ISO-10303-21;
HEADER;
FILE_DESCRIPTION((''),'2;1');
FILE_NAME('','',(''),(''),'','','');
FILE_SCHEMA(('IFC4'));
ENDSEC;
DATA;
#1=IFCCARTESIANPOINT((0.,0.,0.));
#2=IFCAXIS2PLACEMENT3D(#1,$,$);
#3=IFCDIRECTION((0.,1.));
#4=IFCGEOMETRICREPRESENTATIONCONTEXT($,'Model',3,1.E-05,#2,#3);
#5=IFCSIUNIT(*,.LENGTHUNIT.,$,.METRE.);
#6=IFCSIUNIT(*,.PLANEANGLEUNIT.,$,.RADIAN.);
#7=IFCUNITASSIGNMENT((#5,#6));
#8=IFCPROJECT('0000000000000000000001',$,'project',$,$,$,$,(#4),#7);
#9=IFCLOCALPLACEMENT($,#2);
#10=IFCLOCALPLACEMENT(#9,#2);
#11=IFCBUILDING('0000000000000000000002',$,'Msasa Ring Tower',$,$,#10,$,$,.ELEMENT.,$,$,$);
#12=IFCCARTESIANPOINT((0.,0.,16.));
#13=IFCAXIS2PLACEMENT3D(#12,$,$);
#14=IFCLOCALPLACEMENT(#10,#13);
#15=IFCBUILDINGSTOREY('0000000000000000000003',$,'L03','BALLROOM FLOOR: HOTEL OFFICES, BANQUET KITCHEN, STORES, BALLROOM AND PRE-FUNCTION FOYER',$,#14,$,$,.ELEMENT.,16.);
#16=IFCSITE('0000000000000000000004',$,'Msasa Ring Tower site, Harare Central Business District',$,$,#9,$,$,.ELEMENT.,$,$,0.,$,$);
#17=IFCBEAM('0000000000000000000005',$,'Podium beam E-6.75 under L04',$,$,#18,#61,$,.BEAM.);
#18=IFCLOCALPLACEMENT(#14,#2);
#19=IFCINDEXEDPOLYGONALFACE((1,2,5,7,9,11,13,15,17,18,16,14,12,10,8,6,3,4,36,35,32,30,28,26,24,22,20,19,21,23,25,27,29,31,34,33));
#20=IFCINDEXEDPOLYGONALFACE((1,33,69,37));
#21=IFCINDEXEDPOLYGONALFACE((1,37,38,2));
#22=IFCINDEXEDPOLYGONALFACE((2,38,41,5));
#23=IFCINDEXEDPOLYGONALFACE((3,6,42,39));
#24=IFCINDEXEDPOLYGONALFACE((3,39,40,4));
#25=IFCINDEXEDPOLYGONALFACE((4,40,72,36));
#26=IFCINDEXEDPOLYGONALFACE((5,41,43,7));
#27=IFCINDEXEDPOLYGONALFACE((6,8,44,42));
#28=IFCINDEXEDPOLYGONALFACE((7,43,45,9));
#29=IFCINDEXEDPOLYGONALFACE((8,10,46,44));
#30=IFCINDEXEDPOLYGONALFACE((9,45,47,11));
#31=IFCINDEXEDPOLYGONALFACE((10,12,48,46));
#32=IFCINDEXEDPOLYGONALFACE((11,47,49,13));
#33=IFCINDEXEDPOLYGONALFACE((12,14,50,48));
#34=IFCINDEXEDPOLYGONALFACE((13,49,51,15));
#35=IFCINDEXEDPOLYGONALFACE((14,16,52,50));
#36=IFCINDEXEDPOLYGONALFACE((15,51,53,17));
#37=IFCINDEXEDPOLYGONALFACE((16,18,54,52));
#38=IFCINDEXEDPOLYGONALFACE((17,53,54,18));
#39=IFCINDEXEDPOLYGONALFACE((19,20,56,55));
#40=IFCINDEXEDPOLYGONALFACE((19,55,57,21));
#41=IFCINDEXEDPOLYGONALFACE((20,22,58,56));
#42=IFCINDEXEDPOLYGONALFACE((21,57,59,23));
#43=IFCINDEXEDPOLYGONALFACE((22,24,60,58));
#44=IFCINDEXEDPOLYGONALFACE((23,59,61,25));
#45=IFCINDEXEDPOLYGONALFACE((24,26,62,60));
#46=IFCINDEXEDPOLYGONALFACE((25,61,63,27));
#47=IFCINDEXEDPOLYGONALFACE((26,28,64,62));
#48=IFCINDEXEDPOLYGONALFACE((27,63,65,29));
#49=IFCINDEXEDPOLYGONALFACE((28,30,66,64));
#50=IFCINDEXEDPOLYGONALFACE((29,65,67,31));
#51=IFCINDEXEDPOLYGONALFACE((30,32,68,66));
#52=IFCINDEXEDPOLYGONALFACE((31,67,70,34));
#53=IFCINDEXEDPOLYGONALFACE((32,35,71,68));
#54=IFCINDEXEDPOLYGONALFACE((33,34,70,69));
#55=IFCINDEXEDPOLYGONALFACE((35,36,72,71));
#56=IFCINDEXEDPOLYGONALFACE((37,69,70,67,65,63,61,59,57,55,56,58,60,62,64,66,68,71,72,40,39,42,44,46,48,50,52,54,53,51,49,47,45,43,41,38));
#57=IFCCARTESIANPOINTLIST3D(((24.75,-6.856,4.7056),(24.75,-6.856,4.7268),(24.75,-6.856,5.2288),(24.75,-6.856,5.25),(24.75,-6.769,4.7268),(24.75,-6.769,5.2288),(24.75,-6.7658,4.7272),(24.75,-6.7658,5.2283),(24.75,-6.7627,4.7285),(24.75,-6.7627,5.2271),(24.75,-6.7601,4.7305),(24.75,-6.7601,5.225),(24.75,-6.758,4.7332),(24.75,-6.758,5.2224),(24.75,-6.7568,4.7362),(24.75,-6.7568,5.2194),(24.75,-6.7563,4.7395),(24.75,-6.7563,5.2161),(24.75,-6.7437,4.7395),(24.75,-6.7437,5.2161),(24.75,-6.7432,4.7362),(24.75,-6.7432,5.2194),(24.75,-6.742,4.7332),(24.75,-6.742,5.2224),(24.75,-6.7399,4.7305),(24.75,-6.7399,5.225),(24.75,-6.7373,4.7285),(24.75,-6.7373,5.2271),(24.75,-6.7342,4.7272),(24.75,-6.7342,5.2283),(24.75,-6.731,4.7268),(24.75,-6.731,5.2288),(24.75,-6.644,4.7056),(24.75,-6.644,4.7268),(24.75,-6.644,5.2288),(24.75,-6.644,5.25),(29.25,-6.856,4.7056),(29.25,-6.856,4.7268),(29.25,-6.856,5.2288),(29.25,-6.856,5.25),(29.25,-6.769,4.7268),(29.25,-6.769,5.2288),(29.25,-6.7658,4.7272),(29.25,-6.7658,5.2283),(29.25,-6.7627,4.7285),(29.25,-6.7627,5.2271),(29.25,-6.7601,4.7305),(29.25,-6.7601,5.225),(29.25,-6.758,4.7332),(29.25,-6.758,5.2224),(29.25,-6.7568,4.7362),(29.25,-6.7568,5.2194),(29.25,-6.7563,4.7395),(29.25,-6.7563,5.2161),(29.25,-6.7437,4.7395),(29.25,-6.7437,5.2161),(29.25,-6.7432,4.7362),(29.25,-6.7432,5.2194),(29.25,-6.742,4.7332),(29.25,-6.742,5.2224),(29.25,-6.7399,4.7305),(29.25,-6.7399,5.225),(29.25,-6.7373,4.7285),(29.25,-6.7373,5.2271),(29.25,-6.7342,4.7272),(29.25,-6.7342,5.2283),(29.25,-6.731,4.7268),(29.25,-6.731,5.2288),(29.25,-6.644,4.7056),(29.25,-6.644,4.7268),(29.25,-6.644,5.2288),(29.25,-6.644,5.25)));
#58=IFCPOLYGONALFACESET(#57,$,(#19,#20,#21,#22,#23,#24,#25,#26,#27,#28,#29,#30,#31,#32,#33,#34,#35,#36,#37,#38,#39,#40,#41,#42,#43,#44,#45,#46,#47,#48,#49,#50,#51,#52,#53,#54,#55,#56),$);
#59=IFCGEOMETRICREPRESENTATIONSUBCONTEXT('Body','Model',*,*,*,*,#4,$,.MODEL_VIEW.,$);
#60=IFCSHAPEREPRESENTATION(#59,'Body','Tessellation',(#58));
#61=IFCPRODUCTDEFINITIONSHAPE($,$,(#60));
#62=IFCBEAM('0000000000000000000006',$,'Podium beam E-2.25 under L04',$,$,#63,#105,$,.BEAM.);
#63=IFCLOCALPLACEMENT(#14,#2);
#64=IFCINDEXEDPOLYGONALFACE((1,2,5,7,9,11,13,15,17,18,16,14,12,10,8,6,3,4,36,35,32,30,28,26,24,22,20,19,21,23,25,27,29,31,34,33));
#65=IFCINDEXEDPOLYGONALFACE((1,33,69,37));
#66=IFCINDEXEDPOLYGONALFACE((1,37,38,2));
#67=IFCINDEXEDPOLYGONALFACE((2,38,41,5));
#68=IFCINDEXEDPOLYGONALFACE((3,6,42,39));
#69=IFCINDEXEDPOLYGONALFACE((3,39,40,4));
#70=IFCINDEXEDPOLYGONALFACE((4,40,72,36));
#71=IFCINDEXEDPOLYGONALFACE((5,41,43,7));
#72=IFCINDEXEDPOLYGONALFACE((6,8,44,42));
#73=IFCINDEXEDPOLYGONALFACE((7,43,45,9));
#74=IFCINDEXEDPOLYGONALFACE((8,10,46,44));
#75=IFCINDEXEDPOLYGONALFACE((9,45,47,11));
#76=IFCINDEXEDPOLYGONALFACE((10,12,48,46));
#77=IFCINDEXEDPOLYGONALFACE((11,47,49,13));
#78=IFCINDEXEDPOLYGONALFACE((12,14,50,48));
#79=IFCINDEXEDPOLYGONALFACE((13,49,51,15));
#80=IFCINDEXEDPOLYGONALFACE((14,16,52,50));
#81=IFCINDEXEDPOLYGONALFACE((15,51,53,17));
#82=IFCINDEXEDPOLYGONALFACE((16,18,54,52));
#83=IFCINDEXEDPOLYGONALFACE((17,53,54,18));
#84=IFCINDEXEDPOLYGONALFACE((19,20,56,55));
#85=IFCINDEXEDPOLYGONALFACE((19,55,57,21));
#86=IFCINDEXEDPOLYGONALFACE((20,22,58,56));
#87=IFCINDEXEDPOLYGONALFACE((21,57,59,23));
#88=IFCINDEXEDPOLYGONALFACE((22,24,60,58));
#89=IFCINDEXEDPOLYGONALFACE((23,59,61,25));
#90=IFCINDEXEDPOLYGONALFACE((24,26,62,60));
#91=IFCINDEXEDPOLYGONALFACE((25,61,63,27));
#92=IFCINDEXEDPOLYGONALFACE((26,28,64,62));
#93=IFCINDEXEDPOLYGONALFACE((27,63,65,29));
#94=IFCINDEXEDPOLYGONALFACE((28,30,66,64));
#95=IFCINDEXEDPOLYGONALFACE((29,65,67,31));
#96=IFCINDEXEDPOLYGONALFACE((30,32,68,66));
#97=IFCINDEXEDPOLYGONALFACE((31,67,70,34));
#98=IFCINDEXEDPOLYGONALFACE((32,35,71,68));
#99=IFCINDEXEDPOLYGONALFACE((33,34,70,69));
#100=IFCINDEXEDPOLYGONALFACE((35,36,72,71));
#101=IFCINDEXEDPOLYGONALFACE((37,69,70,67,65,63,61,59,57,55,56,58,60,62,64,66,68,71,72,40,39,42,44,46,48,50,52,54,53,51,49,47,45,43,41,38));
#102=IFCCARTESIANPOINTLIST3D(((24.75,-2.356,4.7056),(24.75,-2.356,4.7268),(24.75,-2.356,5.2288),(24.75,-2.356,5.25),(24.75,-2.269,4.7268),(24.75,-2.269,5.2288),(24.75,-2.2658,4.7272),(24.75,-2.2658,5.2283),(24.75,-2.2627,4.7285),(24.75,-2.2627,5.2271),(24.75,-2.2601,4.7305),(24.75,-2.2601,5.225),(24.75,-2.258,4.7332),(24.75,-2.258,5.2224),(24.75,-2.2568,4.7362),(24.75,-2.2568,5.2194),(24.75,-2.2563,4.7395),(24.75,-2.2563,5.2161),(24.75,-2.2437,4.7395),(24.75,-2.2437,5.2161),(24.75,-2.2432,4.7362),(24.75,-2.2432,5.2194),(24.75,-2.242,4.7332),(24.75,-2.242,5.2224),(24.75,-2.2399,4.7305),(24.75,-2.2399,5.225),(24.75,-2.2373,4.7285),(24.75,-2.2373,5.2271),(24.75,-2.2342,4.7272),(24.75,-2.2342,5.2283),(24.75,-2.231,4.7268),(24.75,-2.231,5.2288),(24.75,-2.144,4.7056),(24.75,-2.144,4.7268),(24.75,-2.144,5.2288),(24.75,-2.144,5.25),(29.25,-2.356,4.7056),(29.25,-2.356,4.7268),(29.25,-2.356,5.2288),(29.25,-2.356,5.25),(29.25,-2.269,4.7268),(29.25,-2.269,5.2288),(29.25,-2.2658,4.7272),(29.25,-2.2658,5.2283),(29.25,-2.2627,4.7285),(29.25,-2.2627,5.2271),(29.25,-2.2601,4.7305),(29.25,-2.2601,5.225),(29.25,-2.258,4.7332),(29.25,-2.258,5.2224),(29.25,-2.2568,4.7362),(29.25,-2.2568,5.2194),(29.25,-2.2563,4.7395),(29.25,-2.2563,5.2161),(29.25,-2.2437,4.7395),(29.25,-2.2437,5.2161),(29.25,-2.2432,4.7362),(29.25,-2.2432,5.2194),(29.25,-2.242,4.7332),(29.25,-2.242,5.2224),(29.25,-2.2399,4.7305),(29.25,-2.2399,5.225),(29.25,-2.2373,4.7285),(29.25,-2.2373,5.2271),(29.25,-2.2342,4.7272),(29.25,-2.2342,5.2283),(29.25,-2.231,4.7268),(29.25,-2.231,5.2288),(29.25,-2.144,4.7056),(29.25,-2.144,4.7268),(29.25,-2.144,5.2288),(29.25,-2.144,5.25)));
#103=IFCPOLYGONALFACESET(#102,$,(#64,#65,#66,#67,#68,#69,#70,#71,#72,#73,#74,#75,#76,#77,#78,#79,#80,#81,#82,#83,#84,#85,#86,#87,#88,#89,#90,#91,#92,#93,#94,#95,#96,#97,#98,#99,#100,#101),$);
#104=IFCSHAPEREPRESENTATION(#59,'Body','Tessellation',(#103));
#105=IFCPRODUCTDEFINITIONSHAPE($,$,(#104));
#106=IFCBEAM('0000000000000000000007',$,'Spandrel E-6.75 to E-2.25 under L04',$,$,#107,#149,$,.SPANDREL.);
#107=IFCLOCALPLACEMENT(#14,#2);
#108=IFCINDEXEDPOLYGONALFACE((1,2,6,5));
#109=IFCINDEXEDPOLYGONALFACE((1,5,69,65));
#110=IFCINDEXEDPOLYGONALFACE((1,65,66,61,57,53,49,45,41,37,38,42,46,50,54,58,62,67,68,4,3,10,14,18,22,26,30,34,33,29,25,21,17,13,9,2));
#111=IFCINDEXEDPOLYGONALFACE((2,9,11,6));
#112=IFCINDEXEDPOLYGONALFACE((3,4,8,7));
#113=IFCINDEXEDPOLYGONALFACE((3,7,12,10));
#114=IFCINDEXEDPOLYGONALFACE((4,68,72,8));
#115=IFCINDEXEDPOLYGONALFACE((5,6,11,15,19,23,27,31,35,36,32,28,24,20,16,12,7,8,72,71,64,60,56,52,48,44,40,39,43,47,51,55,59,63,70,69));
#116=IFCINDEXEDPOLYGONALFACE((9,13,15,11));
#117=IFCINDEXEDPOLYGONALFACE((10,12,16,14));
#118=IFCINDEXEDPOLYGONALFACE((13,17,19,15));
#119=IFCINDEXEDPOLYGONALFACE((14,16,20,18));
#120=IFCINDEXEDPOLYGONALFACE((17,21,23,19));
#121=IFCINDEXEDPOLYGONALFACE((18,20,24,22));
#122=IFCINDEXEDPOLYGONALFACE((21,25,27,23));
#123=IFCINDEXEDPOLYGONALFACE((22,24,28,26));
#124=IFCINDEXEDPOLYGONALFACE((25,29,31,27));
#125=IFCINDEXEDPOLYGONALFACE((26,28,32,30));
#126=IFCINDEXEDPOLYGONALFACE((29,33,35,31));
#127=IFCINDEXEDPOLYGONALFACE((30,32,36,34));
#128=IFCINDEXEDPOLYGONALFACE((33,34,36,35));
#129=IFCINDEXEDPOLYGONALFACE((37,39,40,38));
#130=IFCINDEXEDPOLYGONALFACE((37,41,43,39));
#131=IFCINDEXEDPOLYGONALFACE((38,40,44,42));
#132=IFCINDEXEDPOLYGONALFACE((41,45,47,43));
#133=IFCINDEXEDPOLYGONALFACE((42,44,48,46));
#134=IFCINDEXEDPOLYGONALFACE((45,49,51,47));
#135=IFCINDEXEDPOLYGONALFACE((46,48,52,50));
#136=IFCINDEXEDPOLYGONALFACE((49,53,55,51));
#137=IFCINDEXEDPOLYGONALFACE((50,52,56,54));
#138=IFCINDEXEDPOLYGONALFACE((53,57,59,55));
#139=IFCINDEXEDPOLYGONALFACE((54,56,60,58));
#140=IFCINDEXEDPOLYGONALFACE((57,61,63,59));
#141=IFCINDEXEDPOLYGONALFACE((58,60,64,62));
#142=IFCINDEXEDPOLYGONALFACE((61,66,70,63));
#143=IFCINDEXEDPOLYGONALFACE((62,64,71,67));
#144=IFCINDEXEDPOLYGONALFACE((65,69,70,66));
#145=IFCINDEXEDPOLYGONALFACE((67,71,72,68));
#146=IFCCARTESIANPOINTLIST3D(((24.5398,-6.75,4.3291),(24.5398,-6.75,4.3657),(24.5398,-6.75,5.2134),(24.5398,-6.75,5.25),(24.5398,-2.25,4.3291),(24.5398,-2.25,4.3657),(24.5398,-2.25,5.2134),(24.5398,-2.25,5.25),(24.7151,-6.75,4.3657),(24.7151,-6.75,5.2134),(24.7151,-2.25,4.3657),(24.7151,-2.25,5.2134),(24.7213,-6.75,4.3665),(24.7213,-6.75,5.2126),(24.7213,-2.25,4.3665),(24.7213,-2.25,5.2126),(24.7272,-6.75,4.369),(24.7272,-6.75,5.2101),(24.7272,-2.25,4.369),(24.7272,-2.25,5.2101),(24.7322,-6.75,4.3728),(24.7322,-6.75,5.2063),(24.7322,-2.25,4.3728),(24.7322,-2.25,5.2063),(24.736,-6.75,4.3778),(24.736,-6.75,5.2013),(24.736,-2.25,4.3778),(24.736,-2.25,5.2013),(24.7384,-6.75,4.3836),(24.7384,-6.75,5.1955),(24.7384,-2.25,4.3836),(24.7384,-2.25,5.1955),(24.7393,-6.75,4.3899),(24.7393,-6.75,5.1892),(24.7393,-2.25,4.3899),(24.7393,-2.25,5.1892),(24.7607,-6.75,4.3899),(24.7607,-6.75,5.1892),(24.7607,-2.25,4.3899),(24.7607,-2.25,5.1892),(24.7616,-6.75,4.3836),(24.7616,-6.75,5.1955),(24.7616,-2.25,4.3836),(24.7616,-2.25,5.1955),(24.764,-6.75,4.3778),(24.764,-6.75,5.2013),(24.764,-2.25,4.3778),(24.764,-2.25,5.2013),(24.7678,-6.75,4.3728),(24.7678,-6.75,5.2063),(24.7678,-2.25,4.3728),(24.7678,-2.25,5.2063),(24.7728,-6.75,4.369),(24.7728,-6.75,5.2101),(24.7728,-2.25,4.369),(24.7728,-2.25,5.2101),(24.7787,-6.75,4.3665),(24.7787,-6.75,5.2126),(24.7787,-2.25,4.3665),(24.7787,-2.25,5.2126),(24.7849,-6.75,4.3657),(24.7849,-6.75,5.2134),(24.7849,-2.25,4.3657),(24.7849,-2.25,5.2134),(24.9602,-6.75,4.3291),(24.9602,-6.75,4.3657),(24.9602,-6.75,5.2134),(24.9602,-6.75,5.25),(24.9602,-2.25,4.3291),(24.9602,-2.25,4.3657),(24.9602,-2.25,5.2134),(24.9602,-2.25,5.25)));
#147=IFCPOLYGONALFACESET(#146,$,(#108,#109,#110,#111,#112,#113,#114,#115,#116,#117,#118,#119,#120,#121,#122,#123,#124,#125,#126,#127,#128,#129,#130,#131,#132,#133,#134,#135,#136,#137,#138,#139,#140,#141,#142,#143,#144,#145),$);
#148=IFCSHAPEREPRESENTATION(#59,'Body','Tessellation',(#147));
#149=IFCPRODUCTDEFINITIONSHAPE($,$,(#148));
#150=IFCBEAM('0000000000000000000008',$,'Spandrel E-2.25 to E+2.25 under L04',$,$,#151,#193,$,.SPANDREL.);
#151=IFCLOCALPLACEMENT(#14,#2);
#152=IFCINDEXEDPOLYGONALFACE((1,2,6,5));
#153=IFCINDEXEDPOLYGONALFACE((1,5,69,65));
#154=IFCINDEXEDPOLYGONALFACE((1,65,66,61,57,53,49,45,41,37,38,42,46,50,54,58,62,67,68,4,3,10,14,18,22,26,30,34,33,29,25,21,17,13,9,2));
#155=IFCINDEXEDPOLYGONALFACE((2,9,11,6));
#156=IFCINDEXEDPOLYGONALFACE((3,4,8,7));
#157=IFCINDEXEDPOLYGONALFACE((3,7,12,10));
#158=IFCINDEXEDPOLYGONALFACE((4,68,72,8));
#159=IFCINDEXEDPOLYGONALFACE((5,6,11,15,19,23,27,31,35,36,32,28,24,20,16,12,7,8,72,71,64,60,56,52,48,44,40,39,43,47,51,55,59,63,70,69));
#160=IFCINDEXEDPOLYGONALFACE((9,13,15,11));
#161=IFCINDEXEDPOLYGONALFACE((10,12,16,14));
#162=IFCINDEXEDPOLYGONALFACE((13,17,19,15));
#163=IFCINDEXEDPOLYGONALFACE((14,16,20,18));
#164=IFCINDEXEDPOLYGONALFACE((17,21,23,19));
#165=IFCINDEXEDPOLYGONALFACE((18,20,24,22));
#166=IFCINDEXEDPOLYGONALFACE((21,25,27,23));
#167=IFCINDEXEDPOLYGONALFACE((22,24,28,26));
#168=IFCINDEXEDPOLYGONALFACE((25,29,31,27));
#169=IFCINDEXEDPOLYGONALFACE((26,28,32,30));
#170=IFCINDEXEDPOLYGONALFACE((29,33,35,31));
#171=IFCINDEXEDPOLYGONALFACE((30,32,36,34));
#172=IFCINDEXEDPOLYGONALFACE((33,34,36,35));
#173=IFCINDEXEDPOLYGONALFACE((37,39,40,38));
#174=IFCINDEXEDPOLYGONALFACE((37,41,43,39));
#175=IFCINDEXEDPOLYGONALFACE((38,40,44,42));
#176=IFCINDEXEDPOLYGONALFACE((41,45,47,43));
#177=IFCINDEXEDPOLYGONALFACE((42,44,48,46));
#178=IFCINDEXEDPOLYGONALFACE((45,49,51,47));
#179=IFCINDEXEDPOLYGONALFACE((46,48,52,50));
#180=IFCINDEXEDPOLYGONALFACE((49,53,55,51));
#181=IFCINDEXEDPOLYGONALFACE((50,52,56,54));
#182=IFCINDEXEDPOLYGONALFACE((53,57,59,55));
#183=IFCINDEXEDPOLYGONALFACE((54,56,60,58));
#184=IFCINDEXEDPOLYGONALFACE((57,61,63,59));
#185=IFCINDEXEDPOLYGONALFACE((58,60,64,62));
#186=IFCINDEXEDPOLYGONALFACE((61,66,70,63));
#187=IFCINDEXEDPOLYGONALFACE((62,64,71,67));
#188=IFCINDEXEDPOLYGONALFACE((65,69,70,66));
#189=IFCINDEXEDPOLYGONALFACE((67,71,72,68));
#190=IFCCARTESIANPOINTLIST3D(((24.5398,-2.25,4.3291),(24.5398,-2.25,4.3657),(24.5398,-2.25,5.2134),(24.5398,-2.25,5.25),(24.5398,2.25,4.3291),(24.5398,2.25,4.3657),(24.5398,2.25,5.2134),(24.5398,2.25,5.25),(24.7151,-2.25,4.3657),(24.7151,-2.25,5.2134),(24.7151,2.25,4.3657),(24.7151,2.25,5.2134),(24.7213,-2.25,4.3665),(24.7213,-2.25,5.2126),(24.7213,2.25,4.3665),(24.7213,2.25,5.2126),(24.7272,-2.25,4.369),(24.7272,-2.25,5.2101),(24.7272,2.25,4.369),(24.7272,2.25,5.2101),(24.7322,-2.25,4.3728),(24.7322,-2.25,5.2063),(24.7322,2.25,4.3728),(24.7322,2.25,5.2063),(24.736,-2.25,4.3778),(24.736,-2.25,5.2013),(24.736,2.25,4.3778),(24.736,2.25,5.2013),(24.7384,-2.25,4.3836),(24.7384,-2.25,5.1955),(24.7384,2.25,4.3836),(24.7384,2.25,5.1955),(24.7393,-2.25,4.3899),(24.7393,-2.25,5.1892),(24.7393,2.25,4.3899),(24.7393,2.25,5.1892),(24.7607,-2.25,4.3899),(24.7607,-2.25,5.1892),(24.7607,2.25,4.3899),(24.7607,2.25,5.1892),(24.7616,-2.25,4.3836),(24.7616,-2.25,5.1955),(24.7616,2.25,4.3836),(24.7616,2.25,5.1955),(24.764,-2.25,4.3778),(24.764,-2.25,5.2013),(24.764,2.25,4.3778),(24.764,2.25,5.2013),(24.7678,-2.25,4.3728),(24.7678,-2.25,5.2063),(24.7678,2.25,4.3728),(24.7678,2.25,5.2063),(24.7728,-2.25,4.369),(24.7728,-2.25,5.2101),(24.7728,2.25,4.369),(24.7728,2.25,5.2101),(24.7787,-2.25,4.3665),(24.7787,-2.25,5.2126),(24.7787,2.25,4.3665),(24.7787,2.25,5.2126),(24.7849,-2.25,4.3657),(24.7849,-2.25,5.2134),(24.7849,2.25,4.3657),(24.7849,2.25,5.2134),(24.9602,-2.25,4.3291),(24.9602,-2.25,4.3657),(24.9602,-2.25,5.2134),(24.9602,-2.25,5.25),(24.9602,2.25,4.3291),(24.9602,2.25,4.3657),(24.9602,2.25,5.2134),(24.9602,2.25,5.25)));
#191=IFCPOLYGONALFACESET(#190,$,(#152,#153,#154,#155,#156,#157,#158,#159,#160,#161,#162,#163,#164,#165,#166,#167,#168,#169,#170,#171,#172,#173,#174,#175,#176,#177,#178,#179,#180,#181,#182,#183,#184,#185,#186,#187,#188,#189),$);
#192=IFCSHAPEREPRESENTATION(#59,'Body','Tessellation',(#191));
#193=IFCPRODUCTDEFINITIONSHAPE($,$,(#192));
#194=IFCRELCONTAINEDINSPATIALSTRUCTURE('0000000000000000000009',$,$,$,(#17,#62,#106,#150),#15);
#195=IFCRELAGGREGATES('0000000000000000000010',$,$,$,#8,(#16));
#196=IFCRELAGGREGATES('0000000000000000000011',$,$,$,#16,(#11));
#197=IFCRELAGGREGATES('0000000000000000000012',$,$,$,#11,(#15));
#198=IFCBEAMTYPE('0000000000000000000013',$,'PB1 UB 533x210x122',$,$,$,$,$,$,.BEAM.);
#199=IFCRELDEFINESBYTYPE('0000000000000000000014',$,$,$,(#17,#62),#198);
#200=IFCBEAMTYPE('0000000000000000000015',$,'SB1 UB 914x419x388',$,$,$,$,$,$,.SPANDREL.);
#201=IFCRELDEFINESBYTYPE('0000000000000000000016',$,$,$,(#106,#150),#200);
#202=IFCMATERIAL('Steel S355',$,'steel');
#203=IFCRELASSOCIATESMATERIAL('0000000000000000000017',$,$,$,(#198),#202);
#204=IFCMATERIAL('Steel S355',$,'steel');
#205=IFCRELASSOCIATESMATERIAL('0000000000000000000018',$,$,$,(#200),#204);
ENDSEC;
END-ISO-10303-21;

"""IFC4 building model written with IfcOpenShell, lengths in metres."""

from ifc_helpers import new_model, si_unit, direction, frame, origin, origin_2d, place, context, subcontext, project, spatial, i_section, extrude, material, material_profile, profile_set, type_object, element, save


model = new_model("IFC4")

# Units and contexts
model_context = context("Model", 3, precision=1e-05, world=origin(), true_north=direction((0.0, 1.0)))
body_context = subcontext(model_context, "Body", "Model", "MODEL_VIEW")
ifc_project = project(units=[si_unit("LENGTHUNIT", "METRE"), si_unit("PLANEANGLEUNIT", "RADIAN")], contexts=[model_context])

# Site, building, storey
site_placement = place(None, origin())
site = spatial("IfcSite", under=ifc_project, at=site_placement, Name="Msasa Ring Tower site, Harare Central Business District", CompositionType="ELEMENT", RefElevation=0.0)
building_placement = place(site_placement, origin())
building = spatial("IfcBuilding", under=site, at=building_placement, Name="Msasa Ring Tower", CompositionType="ELEMENT")
storey_placement = place(building_placement, frame((0.0, 0.0, 16.0)))
storey = spatial("IfcBuildingStorey", under=building, at=storey_placement, Name="L03", Description="BALLROOM FLOOR: HOTEL OFFICES, BANQUET KITCHEN, STORES, BALLROOM AND PRE-FUNCTION FOYER", CompositionType="ELEMENT", Elevation=16.0)

# Beams
ifc_material_1 = material(Name="Steel S355", Category="steel")
ifc_material_profile_1 = material_profile(ifc_material_1, i_section(OverallWidth=0.2119, OverallDepth=0.5444, WebThickness=0.0127, FlangeThickness=0.0212, FilletRadius=0.0127, at=origin_2d()), Name="UB 533x210x122")
ifc_profile_set_1 = profile_set([ifc_material_profile_1], Name="Steel S355")
beam_type_1 = type_object("IfcBeamType", Name="PB1 UB 533x210x122", PredefinedType="BEAM", material=ifc_profile_set_1)
for number, where, z_axis, x_axis, name in (
    (1, (29.25, -6.75, 4.9778), (-1.0, 0.0, 0.0), (0.0, -1.0, 0.0), "Podium beam E-6.75 under L04"),
    (2, (29.25, -2.25, 4.9778), (-1.0, 0.0, 0.0), (0.0, -1.0, 0.0), "Podium beam E-2.25 under L04"),
):
    element("IfcBeam", number, at=place(storey_placement, frame(where, z_axis=z_axis, x_axis=x_axis)), inside=storey, type_object=beam_type_1, Name=name, PredefinedType="BEAM", context=body_context, shape_type="SweptSolid", body=[
        extrude(i_section(OverallWidth=0.2119, OverallDepth=0.5444, WebThickness=0.0127, FlangeThickness=0.0212, FilletRadius=0.0127, at=origin_2d()), origin(), (0.0, 0.0, 1.0), 4.5),
    ])
ifc_material_2 = material(Name="Steel S355", Category="steel")
ifc_material_profile_2 = material_profile(ifc_material_2, i_section(OverallWidth=0.4204, OverallDepth=0.9209, WebThickness=0.0215, FlangeThickness=0.0366, FilletRadius=0.0242, at=origin_2d()), Name="UB 914x419x388")
ifc_profile_set_2 = profile_set([ifc_material_profile_2], Name="Steel S355")
beam_type_2 = type_object("IfcBeamType", Name="SB1 UB 914x419x388", PredefinedType="SPANDREL", material=ifc_profile_set_2)
for number, where, z_axis, x_axis, name in (
    (3, (24.75, -6.75, 4.7896), (0.0, 1.0, 0.0), (-1.0, 0.0, 0.0), "Spandrel E-6.75 to E-2.25 under L04"),
    (4, (24.75, -2.25, 4.7896), (0.0, 1.0, 0.0), (-1.0, 0.0, 0.0), "Spandrel E-2.25 to E+2.25 under L04"),
):
    element("IfcBeam", number, at=place(storey_placement, frame(where, z_axis=z_axis, x_axis=x_axis)), inside=storey, type_object=beam_type_2, Name=name, PredefinedType="SPANDREL", context=body_context, shape_type="SweptSolid", body=[
        extrude(i_section(OverallWidth=0.4204, OverallDepth=0.9209, WebThickness=0.0215, FlangeThickness=0.0366, FilletRadius=0.0242, at=origin_2d()), origin(), (0.0, 0.0, 1.0), 4.5),
    ])

save(model, "model.ifc")
